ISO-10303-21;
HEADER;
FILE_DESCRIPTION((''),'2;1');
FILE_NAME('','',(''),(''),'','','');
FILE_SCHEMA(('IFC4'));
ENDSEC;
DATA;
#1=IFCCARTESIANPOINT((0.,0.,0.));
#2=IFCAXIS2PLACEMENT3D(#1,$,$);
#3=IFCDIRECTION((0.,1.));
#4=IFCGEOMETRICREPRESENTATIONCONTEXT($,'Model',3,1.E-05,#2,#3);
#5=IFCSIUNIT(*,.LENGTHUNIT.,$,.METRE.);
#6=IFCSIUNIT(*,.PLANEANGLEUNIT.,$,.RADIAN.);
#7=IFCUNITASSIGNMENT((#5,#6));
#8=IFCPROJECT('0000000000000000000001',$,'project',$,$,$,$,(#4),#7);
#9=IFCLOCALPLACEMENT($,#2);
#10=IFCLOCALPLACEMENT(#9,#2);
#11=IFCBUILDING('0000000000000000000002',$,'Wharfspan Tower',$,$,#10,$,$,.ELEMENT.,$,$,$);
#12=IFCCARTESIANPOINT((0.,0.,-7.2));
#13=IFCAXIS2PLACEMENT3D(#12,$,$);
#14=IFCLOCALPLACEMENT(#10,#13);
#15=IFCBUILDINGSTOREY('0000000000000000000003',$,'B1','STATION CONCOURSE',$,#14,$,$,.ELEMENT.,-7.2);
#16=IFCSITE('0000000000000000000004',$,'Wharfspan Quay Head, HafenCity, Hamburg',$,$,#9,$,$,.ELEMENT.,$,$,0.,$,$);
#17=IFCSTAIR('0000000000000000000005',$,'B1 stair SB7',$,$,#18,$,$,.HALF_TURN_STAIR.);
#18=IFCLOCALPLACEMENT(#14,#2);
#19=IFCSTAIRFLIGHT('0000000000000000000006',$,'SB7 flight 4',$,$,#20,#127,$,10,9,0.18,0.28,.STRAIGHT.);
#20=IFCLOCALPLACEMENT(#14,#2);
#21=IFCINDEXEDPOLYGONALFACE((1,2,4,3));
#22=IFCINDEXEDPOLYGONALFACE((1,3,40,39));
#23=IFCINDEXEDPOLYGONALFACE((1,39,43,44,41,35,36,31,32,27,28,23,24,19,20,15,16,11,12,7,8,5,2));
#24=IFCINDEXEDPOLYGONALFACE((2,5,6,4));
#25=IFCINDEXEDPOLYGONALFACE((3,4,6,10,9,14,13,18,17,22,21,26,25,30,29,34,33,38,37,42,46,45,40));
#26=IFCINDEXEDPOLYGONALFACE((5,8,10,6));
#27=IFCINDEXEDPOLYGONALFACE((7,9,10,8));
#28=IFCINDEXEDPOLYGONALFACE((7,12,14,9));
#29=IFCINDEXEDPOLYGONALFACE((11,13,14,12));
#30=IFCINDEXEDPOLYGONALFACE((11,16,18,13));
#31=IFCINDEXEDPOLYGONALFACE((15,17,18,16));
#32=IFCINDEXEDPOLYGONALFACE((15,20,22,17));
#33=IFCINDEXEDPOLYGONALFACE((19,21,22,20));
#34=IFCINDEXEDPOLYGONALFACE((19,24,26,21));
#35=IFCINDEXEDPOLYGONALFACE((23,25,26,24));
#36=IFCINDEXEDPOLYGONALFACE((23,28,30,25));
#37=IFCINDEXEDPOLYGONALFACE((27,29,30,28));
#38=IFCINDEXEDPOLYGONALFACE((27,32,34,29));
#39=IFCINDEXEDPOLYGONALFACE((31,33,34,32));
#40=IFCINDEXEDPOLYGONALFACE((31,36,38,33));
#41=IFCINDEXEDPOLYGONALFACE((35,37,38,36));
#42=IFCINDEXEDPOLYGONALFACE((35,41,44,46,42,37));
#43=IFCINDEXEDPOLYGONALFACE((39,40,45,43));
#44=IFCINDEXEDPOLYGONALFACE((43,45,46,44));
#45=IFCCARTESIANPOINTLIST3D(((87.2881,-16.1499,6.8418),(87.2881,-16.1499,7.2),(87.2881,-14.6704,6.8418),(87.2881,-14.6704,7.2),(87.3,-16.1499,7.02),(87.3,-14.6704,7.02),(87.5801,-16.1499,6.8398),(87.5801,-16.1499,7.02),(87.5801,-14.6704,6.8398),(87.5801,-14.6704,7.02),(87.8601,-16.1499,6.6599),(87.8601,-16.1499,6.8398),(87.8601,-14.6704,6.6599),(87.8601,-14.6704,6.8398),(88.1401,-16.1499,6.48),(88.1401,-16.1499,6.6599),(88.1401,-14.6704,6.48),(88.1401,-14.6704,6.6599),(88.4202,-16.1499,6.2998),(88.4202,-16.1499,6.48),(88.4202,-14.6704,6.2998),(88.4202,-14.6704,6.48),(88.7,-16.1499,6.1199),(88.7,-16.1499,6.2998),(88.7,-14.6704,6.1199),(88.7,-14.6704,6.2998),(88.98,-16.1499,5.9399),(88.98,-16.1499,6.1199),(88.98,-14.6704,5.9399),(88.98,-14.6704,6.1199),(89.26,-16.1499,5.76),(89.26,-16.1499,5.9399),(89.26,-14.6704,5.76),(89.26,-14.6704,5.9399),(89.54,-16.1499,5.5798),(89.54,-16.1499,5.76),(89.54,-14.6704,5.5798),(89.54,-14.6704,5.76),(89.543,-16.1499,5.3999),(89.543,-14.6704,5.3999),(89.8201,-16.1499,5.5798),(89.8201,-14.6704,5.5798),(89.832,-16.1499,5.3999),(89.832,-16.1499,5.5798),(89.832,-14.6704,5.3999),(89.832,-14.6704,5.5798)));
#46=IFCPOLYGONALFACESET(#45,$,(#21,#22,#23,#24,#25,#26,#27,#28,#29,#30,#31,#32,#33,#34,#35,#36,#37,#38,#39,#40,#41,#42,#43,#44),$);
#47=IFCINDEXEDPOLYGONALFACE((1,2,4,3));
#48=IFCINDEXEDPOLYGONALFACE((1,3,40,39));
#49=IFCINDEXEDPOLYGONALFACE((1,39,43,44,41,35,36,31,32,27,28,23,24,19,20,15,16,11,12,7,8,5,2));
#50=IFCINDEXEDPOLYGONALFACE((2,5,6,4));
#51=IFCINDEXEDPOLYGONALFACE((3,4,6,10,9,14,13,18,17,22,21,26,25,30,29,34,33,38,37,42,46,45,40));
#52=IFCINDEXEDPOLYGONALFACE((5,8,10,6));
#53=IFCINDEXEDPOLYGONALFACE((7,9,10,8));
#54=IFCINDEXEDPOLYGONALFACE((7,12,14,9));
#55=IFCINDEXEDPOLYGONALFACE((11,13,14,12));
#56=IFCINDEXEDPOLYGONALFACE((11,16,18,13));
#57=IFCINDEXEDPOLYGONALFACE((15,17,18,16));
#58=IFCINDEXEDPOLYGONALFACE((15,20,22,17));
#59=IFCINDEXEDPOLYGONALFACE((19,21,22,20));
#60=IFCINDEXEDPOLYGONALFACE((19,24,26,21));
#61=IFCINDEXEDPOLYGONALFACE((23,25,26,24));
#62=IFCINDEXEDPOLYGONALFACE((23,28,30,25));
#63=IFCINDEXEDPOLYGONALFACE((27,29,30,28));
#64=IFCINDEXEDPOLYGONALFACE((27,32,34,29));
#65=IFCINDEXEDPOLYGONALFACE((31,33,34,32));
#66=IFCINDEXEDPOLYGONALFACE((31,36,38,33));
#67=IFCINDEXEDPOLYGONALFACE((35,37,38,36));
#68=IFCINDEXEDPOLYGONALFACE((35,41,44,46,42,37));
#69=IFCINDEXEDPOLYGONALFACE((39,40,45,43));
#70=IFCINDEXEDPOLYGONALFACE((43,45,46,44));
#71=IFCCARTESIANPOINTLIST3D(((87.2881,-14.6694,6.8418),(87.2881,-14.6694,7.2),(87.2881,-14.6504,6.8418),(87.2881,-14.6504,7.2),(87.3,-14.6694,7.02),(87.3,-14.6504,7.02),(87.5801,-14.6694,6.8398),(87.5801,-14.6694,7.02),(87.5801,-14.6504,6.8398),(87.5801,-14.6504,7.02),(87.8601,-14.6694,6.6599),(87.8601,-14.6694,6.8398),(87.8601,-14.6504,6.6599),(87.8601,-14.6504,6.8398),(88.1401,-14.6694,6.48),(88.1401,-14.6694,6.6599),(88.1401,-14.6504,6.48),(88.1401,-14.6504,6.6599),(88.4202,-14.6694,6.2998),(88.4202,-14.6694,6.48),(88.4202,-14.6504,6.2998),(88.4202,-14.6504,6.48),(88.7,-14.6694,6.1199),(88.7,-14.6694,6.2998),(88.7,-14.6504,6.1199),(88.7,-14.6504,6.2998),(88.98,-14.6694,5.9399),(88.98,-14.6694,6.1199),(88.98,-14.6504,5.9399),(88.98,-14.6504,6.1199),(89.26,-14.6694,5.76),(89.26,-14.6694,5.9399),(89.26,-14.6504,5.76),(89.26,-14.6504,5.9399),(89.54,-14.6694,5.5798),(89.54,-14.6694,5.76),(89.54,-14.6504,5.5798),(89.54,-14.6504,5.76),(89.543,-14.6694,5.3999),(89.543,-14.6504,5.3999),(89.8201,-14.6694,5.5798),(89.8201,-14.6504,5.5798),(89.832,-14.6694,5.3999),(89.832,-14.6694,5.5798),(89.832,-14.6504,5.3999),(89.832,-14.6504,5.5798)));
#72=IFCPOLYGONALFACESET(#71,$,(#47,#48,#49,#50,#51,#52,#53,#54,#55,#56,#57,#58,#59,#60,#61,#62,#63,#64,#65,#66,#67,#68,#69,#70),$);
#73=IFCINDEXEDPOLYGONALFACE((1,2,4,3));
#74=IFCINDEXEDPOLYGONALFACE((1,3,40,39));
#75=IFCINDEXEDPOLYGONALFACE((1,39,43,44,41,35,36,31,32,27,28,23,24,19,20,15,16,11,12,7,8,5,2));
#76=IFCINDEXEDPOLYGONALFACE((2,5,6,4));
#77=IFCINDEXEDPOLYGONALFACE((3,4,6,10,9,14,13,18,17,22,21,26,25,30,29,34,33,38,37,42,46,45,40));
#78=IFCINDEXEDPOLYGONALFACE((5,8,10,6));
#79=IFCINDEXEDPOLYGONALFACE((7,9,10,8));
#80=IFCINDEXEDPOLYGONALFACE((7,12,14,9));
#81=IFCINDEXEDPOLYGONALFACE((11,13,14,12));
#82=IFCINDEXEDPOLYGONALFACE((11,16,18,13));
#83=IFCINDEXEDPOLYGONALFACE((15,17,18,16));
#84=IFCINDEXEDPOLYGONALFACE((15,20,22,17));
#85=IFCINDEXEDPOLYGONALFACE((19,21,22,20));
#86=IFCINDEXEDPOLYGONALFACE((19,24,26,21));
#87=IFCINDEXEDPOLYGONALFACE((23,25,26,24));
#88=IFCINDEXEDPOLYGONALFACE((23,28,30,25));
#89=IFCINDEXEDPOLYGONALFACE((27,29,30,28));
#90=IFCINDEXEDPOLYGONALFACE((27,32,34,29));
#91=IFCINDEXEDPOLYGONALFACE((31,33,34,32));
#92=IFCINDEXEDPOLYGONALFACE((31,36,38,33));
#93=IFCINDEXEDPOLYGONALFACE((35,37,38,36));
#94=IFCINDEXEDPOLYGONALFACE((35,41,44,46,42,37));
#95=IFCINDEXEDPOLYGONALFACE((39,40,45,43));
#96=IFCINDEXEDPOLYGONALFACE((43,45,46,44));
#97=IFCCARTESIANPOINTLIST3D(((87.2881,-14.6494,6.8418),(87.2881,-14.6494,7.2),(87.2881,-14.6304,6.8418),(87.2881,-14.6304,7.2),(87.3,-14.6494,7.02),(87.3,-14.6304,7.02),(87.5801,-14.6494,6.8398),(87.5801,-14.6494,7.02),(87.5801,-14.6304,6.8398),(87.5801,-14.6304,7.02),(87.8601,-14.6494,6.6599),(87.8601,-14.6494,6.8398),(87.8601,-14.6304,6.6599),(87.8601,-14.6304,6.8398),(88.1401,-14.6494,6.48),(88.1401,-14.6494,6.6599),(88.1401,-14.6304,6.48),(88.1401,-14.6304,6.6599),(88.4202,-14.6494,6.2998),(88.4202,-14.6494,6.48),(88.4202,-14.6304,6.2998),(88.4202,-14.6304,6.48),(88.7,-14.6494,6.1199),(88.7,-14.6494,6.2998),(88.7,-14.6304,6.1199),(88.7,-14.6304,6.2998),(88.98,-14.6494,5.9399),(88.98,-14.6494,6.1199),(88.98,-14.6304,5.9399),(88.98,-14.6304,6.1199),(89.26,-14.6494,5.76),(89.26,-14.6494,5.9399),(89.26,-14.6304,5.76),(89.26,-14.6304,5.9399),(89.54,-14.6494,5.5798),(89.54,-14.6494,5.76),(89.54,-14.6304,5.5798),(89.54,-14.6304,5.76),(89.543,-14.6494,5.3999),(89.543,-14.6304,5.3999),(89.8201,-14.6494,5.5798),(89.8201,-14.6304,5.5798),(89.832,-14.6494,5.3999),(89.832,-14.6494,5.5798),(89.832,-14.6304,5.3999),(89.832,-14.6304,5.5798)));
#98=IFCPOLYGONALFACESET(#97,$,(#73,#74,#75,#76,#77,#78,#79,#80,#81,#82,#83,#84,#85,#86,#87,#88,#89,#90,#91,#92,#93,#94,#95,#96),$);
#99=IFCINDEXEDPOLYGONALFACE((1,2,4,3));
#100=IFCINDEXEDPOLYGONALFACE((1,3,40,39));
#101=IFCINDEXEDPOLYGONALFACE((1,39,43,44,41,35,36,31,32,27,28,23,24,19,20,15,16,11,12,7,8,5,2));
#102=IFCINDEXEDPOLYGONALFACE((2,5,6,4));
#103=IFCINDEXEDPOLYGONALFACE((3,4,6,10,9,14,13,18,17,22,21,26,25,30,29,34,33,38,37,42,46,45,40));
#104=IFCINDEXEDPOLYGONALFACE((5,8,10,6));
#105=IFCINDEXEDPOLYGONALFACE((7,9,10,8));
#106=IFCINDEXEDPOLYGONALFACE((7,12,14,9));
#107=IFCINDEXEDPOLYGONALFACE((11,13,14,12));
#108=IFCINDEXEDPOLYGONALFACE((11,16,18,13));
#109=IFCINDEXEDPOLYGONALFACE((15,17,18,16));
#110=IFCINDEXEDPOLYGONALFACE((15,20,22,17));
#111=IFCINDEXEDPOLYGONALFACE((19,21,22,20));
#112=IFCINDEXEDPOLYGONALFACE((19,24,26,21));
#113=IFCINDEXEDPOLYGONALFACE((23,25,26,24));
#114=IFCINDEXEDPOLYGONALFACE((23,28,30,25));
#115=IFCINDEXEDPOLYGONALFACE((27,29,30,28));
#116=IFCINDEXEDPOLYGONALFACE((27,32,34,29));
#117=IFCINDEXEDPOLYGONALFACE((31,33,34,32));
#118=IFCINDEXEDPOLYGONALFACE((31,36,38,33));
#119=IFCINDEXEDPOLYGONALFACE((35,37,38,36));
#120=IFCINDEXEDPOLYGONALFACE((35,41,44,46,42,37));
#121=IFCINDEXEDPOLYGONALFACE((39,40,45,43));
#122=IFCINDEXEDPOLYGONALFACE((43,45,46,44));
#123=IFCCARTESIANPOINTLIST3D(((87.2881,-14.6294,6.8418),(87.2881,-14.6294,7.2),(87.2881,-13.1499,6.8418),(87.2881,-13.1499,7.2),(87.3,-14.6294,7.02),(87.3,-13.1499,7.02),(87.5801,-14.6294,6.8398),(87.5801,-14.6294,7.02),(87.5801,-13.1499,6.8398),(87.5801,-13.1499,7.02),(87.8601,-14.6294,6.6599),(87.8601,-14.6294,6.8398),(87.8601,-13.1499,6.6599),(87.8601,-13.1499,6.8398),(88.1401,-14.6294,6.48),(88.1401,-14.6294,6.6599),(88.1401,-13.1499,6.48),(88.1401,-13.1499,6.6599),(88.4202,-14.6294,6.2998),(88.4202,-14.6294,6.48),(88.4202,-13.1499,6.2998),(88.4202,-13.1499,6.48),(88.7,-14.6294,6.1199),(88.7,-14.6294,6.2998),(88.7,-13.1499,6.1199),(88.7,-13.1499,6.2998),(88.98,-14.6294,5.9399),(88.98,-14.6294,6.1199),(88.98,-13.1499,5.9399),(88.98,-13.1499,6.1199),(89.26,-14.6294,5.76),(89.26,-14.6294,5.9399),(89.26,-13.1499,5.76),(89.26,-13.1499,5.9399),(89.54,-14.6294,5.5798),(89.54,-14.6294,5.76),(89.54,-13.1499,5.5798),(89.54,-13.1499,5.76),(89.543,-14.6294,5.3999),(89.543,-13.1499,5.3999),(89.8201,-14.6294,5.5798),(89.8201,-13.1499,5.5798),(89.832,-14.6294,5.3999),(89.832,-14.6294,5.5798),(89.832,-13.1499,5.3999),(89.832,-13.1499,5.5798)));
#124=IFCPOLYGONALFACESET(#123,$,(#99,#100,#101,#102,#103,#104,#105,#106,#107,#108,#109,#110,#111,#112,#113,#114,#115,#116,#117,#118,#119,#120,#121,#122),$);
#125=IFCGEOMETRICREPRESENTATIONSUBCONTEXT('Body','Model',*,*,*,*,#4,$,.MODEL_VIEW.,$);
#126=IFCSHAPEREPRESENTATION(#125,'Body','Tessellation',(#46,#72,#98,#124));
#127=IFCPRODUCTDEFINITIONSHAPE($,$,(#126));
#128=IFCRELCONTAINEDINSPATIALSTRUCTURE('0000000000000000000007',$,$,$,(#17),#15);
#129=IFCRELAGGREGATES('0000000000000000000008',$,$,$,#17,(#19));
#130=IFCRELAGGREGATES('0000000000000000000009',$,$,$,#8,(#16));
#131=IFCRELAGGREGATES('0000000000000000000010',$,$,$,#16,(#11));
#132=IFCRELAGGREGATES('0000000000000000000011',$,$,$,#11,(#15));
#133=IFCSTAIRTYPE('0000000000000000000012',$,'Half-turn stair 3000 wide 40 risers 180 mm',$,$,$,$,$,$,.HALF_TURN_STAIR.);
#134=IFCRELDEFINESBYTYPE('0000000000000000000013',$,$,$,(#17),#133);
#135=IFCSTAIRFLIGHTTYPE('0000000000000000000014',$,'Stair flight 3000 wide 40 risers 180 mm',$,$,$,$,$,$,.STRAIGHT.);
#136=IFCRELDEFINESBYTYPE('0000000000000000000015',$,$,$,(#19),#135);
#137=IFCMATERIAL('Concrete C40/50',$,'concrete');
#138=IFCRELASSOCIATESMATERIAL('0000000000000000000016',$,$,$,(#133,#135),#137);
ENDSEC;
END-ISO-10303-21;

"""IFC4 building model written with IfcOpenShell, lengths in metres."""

from ifc_helpers import new_model, si_unit, direction, frame, origin, place, context, subcontext, project, spatial, polyline, outline, extrude, material, type_object, element, aggregate, save


model = new_model("IFC4")

# Units and contexts
model_context = context("Model", 3, precision=1e-05, world=origin(), true_north=direction((0.0, 1.0)))
body_context = subcontext(model_context, "Body", "Model", "MODEL_VIEW")
ifc_project = project(units=[si_unit("LENGTHUNIT", "METRE"), si_unit("PLANEANGLEUNIT", "RADIAN")], contexts=[model_context])

# Site, building, storey
site_placement = place(None, origin())
site = spatial("IfcSite", under=ifc_project, at=site_placement, Name="Wharfspan Quay Head, HafenCity, Hamburg", CompositionType="ELEMENT", RefElevation=0.0)
building_placement = place(site_placement, origin())
building = spatial("IfcBuilding", under=site, at=building_placement, Name="Wharfspan Tower", CompositionType="ELEMENT")
storey_placement = place(building_placement, frame((0.0, 0.0, -7.2)))
storey = spatial("IfcBuildingStorey", under=building, at=storey_placement, Name="B1", Description="STATION CONCOURSE", CompositionType="ELEMENT", Elevation=-7.2)

# Shared definitions
ifc_material_1 = material(Name="Concrete C40/50", Category="concrete")

# Stair, stair flight
stair_type = type_object("IfcStairType", Name="Half-turn stair 3000 wide 40 risers 180 mm", PredefinedType="HALF_TURN_STAIR", material=ifc_material_1)
stair_placement = place(storey_placement, origin())
stair = element("IfcStair", 1, at=stair_placement, inside=storey, type_object=stair_type, Name="B1 stair SB7", PredefinedType="HALF_TURN_STAIR")
stair_flight_type = type_object("IfcStairFlightType", Name="Stair flight 3000 wide 40 risers 180 mm", PredefinedType="STRAIGHT", material=ifc_material_1)
stair_flight_1_placement = place(storey_placement, frame((89.8201, -14.6499, 5.3999), z_axis=(0.0, 0.0, 1.0), x_axis=(-1.0, 0.0, 0.0)))
stair_flight_1 = element("IfcStairFlight", 2, at=stair_flight_1_placement, type_object=stair_flight_type, Name="SB7 flight 4", NumberOfRisers=10, NumberOfTreads=9, PredefinedType="STRAIGHT", RiserHeight=0.18, TreadLength=0.28, context=body_context, shape_type="SweptSolid", body=[
    extrude(outline(polyline([(-0.012, 0.0), (-0.012, 0.1799), (0.0, 0.1799), (0.28, 0.1799), (0.28, 0.3601), (0.5601, 0.3601), (0.5601, 0.54), (0.8401, 0.54), (0.8401, 0.72), (1.1201, 0.72), (1.1201, 0.8999), (1.3999, 0.8999), (1.3999, 1.0801), (1.6799, 1.0801), (1.6799, 1.26), (1.96, 1.26), (1.96, 1.4399), (2.24, 1.4399), (2.24, 1.6201), (2.52, 1.6201), (2.532, 1.8), (2.532, 1.4419), (0.2771, 0.0), (-0.012, 0.0)])), frame((0.0, 1.5, 0.0), z_axis=(0.0, -1.0, 0.0), x_axis=(1.0, 0.0, 0.0)), (0.0, 0.0, 1.0), 1.4795),
    extrude(outline(polyline([(-0.012, 0.0), (-0.012, 0.1799), (0.0, 0.1799), (0.28, 0.1799), (0.28, 0.3601), (0.5601, 0.3601), (0.5601, 0.54), (0.8401, 0.54), (0.8401, 0.72), (1.1201, 0.72), (1.1201, 0.8999), (1.3999, 0.8999), (1.3999, 1.0801), (1.6799, 1.0801), (1.6799, 1.26), (1.96, 1.26), (1.96, 1.4399), (2.24, 1.4399), (2.24, 1.6201), (2.52, 1.6201), (2.532, 1.8), (2.532, 1.4419), (0.2771, 0.0), (-0.012, 0.0)])), frame((0.0, 0.0195, 0.0), z_axis=(0.0, -1.0, 0.0), x_axis=(1.0, 0.0, 0.0)), (0.0, 0.0, 1.0), 0.019),
    extrude(outline(polyline([(-0.012, 0.0), (-0.012, 0.1799), (0.0, 0.1799), (0.28, 0.1799), (0.28, 0.3601), (0.5601, 0.3601), (0.5601, 0.54), (0.8401, 0.54), (0.8401, 0.72), (1.1201, 0.72), (1.1201, 0.8999), (1.3999, 0.8999), (1.3999, 1.0801), (1.6799, 1.0801), (1.6799, 1.26), (1.96, 1.26), (1.96, 1.4399), (2.24, 1.4399), (2.24, 1.6201), (2.52, 1.6201), (2.532, 1.8), (2.532, 1.4419), (0.2771, 0.0), (-0.012, 0.0)])), frame((0.0, -0.0005, 0.0), z_axis=(0.0, -1.0, 0.0), x_axis=(1.0, 0.0, 0.0)), (0.0, 0.0, 1.0), 0.019),
    extrude(outline(polyline([(-0.012, 0.0), (-0.012, 0.1799), (0.0, 0.1799), (0.28, 0.1799), (0.28, 0.3601), (0.5601, 0.3601), (0.5601, 0.54), (0.8401, 0.54), (0.8401, 0.72), (1.1201, 0.72), (1.1201, 0.8999), (1.3999, 0.8999), (1.3999, 1.0801), (1.6799, 1.0801), (1.6799, 1.26), (1.96, 1.26), (1.96, 1.4399), (2.24, 1.4399), (2.24, 1.6201), (2.52, 1.6201), (2.532, 1.8), (2.532, 1.4419), (0.2771, 0.0), (-0.012, 0.0)])), frame((0.0, -0.0205, 0.0), z_axis=(0.0, -1.0, 0.0), x_axis=(1.0, 0.0, 0.0)), (0.0, 0.0, 1.0), 1.4795),
])
aggregate(stair, [stair_flight_1])

save(model, "model.ifc")
